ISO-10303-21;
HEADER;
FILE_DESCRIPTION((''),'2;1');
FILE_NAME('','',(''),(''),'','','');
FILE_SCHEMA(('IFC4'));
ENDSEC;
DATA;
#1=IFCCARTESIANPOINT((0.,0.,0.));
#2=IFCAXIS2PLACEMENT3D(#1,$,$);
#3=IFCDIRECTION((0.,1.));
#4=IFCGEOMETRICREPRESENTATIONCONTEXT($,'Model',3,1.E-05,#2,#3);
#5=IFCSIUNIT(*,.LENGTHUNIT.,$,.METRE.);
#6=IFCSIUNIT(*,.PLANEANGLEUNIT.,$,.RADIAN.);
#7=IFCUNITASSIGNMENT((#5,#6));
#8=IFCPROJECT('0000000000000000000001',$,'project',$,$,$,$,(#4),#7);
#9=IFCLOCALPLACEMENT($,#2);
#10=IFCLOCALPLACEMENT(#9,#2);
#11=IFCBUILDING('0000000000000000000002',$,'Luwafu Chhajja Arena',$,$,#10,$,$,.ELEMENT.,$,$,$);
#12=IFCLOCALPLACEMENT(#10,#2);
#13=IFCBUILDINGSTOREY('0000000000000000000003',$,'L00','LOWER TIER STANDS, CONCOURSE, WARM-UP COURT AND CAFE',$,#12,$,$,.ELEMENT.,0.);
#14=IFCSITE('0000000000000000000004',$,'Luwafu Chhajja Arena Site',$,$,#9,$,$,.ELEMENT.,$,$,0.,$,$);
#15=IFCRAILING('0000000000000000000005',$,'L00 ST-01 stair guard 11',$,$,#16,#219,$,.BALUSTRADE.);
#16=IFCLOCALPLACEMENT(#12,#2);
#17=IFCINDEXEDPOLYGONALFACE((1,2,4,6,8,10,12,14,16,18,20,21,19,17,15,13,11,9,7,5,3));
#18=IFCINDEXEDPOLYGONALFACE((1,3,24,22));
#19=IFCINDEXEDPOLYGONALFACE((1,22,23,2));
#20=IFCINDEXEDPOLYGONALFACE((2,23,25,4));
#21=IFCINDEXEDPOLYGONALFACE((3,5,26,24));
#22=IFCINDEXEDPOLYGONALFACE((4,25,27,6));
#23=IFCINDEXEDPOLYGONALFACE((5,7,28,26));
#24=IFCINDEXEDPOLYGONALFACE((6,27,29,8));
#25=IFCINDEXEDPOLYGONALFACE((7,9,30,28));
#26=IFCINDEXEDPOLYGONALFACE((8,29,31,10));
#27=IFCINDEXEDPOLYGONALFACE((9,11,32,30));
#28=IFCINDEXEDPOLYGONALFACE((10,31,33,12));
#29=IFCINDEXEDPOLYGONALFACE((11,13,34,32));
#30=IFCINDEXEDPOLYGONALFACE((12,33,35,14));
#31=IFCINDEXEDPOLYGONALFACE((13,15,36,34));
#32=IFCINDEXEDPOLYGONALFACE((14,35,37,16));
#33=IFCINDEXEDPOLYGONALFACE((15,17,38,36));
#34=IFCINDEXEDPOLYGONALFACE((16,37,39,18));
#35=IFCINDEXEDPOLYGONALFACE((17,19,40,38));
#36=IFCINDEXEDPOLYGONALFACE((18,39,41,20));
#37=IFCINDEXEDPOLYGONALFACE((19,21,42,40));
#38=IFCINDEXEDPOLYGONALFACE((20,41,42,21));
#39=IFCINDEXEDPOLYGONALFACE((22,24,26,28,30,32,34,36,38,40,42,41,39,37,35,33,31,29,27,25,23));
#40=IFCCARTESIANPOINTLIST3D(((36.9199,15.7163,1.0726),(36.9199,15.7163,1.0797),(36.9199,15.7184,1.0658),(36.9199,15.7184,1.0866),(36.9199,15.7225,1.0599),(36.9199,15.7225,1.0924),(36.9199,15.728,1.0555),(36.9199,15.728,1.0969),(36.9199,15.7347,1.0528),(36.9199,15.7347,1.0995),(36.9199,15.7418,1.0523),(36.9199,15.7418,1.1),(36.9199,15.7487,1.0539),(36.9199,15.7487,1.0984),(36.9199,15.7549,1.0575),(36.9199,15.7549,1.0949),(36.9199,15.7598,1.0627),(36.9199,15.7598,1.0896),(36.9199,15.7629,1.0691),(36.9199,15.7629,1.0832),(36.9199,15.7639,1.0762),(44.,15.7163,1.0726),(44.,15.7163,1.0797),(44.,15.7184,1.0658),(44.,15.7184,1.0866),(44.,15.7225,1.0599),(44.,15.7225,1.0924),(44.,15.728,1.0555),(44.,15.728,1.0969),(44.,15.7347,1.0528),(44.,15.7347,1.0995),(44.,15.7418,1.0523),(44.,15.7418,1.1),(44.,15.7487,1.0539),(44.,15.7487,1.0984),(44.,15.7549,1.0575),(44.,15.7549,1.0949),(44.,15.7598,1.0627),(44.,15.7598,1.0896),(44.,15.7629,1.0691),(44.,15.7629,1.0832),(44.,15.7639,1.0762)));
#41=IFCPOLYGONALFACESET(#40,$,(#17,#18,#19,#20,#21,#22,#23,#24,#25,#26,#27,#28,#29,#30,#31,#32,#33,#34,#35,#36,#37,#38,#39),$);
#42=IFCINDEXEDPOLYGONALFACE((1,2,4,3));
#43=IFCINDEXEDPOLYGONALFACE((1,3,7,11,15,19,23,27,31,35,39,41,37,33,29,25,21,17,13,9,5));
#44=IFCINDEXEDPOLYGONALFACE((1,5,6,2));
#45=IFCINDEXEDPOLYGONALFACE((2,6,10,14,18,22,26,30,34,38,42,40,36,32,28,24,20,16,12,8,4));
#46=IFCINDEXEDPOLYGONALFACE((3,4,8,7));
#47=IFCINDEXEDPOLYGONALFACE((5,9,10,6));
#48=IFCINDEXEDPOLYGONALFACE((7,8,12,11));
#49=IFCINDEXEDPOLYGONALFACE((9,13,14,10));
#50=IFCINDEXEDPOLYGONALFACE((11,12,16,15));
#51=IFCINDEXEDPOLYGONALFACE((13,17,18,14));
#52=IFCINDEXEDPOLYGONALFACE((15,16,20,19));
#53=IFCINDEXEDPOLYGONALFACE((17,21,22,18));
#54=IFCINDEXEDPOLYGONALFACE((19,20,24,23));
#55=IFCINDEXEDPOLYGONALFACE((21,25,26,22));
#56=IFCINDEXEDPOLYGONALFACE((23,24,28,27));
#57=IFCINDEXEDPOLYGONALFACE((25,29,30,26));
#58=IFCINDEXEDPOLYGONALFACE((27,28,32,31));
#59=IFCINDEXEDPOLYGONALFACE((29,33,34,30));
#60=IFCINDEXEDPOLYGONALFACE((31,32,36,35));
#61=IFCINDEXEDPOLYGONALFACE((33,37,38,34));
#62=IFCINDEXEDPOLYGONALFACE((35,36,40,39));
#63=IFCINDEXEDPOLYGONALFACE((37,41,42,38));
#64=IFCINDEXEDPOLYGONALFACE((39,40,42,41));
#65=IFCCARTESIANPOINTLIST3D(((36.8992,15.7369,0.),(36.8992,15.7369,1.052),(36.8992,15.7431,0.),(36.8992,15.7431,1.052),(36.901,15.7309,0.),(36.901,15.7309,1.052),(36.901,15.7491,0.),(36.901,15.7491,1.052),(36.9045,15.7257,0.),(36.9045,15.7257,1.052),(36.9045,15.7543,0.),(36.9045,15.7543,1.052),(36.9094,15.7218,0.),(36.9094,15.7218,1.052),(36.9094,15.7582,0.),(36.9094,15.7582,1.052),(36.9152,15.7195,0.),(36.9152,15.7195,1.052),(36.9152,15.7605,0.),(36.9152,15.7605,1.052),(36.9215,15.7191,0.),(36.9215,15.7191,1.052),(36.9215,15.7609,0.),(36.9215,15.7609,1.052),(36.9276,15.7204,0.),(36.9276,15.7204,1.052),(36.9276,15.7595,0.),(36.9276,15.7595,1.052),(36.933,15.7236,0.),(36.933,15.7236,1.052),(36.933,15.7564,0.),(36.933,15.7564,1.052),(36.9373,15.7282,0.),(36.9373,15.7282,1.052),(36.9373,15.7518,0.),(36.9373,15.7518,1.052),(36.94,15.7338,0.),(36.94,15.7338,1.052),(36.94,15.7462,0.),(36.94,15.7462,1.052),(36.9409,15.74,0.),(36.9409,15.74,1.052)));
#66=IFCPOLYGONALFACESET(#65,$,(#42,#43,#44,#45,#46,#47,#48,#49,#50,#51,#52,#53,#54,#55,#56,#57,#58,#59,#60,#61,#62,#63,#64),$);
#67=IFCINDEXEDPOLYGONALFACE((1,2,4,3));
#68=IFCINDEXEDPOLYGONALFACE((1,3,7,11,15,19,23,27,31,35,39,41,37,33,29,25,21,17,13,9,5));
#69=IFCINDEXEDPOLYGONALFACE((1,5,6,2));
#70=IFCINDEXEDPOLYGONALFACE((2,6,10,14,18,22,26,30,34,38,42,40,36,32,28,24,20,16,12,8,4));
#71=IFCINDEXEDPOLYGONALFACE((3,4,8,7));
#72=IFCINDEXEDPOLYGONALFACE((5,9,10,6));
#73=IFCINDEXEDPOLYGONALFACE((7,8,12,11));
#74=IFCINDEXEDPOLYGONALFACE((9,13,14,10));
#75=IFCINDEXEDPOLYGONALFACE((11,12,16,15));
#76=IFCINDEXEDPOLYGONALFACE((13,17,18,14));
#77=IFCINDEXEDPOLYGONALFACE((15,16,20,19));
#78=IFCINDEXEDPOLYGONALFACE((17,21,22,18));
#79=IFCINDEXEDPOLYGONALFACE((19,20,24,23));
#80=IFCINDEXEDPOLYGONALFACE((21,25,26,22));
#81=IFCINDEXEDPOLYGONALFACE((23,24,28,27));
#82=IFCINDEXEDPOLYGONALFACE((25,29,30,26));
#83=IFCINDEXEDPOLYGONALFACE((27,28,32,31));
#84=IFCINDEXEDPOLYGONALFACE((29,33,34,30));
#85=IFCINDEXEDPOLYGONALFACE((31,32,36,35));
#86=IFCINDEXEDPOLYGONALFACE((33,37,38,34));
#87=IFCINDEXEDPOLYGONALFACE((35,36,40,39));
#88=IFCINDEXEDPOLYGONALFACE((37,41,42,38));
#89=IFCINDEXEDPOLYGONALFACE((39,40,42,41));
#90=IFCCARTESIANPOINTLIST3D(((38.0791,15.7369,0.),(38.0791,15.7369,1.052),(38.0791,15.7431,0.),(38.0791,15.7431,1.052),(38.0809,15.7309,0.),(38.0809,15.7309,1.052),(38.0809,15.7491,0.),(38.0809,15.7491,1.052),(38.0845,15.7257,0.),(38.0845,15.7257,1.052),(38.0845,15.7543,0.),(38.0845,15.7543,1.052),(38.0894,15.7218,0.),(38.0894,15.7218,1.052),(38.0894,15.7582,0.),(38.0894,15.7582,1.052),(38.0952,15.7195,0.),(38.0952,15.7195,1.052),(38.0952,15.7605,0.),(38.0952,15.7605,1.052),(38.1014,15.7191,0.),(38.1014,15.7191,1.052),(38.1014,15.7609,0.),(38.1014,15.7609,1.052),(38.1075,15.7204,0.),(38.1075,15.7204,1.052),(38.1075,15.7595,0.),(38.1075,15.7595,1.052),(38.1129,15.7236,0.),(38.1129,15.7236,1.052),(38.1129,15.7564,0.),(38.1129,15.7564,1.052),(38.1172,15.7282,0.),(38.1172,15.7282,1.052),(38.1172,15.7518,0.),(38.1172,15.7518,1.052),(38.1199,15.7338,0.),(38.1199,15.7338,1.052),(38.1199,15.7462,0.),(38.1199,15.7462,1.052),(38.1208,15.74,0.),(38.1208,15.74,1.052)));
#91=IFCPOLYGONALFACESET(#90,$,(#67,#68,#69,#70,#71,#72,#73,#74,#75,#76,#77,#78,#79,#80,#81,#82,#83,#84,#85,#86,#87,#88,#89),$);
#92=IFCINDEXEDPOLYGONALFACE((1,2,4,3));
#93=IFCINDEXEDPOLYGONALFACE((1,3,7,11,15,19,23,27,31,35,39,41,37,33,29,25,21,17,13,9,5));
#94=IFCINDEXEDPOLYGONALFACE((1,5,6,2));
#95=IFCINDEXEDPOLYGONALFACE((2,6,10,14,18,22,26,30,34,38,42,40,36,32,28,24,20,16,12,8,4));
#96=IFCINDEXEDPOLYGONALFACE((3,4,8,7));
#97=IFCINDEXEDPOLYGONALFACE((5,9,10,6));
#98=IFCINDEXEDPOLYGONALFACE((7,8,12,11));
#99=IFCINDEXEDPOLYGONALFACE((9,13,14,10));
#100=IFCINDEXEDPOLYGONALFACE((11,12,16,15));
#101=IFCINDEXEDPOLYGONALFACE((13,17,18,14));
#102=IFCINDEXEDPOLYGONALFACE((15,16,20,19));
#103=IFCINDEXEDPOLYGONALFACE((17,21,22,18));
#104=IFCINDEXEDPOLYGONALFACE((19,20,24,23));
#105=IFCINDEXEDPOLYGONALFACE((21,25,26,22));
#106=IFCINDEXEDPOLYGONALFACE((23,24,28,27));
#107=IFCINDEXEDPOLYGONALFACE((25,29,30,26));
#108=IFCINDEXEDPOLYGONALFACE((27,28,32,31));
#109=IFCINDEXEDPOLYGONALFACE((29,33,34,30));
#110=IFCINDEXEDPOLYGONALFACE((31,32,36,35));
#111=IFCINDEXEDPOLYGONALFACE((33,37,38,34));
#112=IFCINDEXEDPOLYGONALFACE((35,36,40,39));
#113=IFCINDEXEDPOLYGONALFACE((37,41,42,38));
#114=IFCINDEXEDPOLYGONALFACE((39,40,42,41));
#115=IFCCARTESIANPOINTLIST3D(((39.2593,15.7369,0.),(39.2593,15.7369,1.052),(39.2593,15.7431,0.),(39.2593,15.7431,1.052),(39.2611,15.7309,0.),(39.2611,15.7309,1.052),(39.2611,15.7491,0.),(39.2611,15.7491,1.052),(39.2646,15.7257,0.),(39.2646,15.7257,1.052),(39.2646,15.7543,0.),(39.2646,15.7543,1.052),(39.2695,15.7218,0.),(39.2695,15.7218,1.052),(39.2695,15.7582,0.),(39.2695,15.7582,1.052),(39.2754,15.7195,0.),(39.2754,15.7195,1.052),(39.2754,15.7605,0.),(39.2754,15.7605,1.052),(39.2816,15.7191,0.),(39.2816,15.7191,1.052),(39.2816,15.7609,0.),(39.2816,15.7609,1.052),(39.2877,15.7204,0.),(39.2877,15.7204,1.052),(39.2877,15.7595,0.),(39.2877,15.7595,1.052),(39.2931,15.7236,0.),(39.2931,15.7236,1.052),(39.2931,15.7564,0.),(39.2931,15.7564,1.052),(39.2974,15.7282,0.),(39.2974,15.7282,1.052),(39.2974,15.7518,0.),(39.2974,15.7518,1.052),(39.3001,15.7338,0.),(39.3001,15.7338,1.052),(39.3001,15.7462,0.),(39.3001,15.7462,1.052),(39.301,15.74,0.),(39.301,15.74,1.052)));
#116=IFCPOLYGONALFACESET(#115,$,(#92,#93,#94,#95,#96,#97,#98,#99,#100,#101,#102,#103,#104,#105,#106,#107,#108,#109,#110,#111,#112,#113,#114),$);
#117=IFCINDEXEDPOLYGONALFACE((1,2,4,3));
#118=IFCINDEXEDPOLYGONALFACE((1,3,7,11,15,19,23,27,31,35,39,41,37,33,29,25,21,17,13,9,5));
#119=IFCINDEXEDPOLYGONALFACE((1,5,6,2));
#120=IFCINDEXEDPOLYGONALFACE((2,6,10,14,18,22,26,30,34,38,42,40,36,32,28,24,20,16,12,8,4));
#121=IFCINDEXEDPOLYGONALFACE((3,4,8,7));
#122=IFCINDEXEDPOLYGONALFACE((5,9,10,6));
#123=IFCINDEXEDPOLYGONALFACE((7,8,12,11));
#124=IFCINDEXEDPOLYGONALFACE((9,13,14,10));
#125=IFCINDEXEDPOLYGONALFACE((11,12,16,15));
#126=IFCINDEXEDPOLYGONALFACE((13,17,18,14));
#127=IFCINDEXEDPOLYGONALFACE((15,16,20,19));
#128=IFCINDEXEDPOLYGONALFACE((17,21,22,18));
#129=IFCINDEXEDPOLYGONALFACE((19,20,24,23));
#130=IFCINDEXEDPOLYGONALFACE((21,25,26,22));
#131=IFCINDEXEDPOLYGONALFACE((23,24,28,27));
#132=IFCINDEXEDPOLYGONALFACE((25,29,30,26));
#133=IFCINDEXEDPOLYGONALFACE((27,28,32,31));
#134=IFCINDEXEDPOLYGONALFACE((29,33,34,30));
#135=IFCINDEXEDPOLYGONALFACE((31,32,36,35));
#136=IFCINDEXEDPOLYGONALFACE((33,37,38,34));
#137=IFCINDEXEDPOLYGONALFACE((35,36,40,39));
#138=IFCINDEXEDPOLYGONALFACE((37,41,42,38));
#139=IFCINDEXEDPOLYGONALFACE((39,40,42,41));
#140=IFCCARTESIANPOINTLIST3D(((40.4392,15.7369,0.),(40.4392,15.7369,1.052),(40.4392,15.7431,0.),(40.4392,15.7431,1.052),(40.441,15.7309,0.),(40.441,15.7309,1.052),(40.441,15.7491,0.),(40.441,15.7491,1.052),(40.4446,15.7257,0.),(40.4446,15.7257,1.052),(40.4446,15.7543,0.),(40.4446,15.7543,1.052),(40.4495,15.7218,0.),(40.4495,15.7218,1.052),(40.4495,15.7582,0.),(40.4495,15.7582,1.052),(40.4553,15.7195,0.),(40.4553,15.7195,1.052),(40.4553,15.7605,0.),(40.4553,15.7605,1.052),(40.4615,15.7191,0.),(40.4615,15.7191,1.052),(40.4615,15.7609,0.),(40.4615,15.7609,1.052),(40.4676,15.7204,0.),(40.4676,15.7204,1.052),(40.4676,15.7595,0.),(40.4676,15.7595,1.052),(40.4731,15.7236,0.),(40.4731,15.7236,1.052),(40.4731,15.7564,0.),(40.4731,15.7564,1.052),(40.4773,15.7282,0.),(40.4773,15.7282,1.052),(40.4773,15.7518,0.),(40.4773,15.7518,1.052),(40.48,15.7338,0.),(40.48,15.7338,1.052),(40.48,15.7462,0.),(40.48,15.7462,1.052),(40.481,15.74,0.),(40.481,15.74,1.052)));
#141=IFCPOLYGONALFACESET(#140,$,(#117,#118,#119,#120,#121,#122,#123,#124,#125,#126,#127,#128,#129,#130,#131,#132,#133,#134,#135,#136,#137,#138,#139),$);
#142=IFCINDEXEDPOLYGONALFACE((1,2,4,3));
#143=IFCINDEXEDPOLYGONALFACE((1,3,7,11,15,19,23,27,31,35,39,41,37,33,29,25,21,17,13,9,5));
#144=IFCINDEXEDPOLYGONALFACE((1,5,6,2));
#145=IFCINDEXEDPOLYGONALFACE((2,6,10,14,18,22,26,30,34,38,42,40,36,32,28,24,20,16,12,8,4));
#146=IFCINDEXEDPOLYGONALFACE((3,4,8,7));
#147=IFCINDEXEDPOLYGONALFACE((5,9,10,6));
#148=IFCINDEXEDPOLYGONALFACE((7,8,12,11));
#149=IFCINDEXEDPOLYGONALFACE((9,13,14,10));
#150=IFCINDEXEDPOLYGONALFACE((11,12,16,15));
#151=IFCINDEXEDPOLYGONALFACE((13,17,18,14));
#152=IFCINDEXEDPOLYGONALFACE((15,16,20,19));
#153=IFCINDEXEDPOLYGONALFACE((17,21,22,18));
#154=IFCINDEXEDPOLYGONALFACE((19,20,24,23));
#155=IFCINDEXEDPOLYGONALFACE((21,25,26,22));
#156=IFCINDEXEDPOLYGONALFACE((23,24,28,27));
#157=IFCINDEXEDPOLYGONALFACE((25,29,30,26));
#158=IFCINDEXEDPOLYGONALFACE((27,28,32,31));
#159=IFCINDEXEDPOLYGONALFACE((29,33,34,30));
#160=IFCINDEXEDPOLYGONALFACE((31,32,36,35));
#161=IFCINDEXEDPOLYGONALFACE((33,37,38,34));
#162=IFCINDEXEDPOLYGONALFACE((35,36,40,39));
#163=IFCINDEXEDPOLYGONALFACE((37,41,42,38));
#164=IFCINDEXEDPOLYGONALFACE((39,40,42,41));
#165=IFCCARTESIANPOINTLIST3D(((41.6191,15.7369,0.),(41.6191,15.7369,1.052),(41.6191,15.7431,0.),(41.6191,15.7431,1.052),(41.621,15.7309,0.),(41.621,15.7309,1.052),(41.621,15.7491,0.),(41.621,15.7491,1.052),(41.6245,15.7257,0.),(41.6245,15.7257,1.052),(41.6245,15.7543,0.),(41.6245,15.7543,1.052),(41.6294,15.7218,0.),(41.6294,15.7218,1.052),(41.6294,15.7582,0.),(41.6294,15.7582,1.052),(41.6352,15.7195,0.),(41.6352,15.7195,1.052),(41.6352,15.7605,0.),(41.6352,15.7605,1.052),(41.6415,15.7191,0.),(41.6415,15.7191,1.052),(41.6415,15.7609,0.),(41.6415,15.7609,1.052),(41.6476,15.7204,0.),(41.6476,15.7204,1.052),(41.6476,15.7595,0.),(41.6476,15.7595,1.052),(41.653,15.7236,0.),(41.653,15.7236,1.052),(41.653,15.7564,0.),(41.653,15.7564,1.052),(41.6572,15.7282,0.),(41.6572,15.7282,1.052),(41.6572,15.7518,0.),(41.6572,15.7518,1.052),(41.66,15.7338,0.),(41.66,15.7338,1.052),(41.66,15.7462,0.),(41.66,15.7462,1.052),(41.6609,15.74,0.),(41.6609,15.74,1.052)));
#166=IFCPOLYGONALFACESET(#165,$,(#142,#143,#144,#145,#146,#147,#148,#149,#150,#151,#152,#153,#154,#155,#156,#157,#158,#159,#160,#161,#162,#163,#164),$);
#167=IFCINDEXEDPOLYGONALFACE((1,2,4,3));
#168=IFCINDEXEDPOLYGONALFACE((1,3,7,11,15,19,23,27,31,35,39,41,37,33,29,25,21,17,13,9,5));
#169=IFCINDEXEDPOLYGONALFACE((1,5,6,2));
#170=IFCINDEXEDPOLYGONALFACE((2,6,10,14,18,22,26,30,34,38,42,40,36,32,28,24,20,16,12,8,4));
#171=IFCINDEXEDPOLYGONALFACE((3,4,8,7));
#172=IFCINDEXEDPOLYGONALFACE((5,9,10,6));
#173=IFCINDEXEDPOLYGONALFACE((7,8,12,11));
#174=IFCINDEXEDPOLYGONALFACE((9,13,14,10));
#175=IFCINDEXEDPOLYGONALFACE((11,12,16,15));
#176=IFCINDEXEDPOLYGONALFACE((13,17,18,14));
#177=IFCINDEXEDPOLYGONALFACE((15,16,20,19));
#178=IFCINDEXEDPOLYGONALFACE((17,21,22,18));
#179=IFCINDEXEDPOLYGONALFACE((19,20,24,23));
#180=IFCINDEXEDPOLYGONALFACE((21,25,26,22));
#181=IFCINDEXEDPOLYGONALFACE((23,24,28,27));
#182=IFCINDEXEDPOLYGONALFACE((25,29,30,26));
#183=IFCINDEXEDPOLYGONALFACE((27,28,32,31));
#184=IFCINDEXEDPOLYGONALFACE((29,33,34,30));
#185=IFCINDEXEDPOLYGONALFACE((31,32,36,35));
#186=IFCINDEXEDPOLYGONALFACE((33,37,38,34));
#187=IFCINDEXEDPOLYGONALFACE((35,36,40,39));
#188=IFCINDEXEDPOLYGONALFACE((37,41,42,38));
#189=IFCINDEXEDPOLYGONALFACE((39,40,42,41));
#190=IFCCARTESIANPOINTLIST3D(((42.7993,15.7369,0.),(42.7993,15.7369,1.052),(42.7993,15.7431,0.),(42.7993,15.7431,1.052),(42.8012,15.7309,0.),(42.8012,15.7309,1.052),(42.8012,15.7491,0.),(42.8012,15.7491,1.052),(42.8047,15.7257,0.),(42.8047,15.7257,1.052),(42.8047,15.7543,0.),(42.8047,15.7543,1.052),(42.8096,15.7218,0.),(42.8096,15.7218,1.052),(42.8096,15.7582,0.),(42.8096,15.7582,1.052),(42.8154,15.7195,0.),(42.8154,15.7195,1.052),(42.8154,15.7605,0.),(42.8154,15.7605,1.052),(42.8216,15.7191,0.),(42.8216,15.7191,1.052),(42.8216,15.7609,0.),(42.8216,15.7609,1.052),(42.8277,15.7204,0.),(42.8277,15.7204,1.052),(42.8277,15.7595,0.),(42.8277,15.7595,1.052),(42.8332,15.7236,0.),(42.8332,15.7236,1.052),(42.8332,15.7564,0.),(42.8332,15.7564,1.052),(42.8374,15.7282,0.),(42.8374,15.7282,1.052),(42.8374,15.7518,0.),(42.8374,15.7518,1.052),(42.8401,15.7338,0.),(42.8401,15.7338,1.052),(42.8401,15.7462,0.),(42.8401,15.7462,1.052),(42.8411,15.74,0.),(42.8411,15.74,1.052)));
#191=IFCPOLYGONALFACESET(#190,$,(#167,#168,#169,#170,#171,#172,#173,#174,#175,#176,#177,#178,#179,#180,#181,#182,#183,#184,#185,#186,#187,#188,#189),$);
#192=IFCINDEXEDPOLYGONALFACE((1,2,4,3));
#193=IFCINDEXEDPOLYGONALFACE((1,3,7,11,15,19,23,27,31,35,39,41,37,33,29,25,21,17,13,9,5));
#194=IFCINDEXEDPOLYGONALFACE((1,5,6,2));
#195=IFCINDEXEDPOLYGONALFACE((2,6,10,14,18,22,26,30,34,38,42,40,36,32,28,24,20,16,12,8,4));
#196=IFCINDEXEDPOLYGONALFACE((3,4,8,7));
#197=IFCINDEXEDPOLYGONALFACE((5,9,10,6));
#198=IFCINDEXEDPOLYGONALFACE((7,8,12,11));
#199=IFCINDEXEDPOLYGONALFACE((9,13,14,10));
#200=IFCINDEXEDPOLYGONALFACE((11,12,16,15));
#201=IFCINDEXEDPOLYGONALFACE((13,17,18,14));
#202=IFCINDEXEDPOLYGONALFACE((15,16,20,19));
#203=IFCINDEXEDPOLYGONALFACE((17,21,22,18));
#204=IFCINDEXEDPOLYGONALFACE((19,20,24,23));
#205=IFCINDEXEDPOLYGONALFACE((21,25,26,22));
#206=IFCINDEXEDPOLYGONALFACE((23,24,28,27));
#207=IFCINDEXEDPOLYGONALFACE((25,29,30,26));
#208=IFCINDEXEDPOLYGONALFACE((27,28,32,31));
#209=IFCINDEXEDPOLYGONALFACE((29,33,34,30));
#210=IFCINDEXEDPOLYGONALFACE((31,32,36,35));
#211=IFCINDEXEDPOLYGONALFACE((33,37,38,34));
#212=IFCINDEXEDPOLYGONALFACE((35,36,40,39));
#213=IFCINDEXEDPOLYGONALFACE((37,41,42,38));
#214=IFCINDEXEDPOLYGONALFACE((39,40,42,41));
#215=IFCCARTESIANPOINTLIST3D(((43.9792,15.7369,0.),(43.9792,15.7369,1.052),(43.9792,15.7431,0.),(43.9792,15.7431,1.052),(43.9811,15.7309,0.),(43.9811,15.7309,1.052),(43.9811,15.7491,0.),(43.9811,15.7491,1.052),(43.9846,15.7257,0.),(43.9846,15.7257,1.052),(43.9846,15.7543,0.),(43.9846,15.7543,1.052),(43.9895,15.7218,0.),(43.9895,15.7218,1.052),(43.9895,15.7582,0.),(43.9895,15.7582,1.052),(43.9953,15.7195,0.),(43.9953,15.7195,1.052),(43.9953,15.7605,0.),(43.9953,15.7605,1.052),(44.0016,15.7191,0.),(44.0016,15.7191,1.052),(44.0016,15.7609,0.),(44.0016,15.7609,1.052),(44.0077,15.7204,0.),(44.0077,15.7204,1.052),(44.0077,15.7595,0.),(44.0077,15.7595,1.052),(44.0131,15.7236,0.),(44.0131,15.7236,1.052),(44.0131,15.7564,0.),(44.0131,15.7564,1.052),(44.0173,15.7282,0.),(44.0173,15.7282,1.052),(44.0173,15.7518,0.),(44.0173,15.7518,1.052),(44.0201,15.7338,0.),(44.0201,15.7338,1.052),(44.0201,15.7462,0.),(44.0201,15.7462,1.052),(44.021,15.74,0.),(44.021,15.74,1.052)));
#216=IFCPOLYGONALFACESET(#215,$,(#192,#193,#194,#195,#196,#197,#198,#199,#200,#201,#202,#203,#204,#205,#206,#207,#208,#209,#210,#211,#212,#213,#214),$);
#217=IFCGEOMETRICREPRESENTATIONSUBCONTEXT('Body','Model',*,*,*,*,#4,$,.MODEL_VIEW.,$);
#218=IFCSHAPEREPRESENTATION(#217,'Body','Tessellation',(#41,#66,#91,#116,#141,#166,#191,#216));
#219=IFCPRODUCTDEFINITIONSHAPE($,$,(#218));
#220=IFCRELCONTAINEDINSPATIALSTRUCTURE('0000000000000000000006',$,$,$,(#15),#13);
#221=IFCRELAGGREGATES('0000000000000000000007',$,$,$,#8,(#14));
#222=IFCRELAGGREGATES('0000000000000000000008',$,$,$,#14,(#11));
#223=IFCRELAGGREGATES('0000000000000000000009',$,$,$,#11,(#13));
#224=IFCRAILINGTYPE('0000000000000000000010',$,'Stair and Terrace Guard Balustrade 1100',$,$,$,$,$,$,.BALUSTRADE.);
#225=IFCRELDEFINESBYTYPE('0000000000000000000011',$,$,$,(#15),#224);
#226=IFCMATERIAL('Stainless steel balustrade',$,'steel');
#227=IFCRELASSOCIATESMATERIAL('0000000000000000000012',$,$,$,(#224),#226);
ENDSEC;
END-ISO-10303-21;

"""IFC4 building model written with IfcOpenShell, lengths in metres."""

from ifc_helpers import new_model, si_unit, direction, frame, origin, origin_2d, place, context, subcontext, project, spatial, circle, extrude, material, type_object, element, save


model = new_model("IFC4")

# Units and contexts
model_context = context("Model", 3, precision=1e-05, world=origin(), true_north=direction((0.0, 1.0)))
body_context = subcontext(model_context, "Body", "Model", "MODEL_VIEW")
ifc_project = project(units=[si_unit("LENGTHUNIT", "METRE"), si_unit("PLANEANGLEUNIT", "RADIAN")], contexts=[model_context])

# Site, building, storey
site_placement = place(None, origin())
site = spatial("IfcSite", under=ifc_project, at=site_placement, Name="Luwafu Chhajja Arena Site", CompositionType="ELEMENT", RefElevation=0.0)
building_placement = place(site_placement, origin())
building = spatial("IfcBuilding", under=site, at=building_placement, Name="Luwafu Chhajja Arena", CompositionType="ELEMENT")
storey_placement = place(building_placement, origin())
storey = spatial("IfcBuildingStorey", under=building, at=storey_placement, Name="L00", Description="LOWER TIER STANDS, CONCOURSE, WARM-UP COURT AND CAFE", CompositionType="ELEMENT", Elevation=0.0)

# Railing
ifc_material_1 = material(Name="Stainless steel balustrade", Category="steel")
railing_type_1 = type_object("IfcRailingType", Name="Stair and Terrace Guard Balustrade 1100", PredefinedType="BALUSTRADE", material=ifc_material_1)
for number, where, name in (
    (1, (36.9199, 15.74, 0.0), "L00 ST-01 stair guard 11"),
):
    element("IfcRailing", number, at=place(storey_placement, frame(where)), inside=storey, type_object=railing_type_1, Name=name, PredefinedType="BALUSTRADE", context=body_context, shape_type="SweptSolid", body=[
        extrude(circle(Radius=0.0239, at=origin_2d()), frame((0.0, 0.0, 1.0762), z_axis=(1.0, 0.0, 0.0), x_axis=(0.0, 1.0, 0.0)), (0.0, 0.0, 1.0), 7.0801),
        extrude(circle(Radius=0.021, at=origin_2d()), origin(), (0.0, 0.0, 1.0), 1.052),
        extrude(circle(Radius=0.021, at=origin_2d()), frame((1.1799, 0.0, 0.0)), (0.0, 0.0, 1.0), 1.052),
        extrude(circle(Radius=0.021, at=origin_2d()), frame((2.3601, 0.0, 0.0)), (0.0, 0.0, 1.0), 1.052),
        extrude(circle(Radius=0.021, at=origin_2d()), frame((3.54, 0.0, 0.0)), (0.0, 0.0, 1.0), 1.052),
        extrude(circle(Radius=0.021, at=origin_2d()), frame((4.72, 0.0, 0.0)), (0.0, 0.0, 1.0), 1.052),
        extrude(circle(Radius=0.021, at=origin_2d()), frame((5.9001, 0.0, 0.0)), (0.0, 0.0, 1.0), 1.052),
        extrude(circle(Radius=0.021, at=origin_2d()), frame((7.0801, 0.0, 0.0)), (0.0, 0.0, 1.0), 1.052),
    ])

save(model, "model.ifc")
